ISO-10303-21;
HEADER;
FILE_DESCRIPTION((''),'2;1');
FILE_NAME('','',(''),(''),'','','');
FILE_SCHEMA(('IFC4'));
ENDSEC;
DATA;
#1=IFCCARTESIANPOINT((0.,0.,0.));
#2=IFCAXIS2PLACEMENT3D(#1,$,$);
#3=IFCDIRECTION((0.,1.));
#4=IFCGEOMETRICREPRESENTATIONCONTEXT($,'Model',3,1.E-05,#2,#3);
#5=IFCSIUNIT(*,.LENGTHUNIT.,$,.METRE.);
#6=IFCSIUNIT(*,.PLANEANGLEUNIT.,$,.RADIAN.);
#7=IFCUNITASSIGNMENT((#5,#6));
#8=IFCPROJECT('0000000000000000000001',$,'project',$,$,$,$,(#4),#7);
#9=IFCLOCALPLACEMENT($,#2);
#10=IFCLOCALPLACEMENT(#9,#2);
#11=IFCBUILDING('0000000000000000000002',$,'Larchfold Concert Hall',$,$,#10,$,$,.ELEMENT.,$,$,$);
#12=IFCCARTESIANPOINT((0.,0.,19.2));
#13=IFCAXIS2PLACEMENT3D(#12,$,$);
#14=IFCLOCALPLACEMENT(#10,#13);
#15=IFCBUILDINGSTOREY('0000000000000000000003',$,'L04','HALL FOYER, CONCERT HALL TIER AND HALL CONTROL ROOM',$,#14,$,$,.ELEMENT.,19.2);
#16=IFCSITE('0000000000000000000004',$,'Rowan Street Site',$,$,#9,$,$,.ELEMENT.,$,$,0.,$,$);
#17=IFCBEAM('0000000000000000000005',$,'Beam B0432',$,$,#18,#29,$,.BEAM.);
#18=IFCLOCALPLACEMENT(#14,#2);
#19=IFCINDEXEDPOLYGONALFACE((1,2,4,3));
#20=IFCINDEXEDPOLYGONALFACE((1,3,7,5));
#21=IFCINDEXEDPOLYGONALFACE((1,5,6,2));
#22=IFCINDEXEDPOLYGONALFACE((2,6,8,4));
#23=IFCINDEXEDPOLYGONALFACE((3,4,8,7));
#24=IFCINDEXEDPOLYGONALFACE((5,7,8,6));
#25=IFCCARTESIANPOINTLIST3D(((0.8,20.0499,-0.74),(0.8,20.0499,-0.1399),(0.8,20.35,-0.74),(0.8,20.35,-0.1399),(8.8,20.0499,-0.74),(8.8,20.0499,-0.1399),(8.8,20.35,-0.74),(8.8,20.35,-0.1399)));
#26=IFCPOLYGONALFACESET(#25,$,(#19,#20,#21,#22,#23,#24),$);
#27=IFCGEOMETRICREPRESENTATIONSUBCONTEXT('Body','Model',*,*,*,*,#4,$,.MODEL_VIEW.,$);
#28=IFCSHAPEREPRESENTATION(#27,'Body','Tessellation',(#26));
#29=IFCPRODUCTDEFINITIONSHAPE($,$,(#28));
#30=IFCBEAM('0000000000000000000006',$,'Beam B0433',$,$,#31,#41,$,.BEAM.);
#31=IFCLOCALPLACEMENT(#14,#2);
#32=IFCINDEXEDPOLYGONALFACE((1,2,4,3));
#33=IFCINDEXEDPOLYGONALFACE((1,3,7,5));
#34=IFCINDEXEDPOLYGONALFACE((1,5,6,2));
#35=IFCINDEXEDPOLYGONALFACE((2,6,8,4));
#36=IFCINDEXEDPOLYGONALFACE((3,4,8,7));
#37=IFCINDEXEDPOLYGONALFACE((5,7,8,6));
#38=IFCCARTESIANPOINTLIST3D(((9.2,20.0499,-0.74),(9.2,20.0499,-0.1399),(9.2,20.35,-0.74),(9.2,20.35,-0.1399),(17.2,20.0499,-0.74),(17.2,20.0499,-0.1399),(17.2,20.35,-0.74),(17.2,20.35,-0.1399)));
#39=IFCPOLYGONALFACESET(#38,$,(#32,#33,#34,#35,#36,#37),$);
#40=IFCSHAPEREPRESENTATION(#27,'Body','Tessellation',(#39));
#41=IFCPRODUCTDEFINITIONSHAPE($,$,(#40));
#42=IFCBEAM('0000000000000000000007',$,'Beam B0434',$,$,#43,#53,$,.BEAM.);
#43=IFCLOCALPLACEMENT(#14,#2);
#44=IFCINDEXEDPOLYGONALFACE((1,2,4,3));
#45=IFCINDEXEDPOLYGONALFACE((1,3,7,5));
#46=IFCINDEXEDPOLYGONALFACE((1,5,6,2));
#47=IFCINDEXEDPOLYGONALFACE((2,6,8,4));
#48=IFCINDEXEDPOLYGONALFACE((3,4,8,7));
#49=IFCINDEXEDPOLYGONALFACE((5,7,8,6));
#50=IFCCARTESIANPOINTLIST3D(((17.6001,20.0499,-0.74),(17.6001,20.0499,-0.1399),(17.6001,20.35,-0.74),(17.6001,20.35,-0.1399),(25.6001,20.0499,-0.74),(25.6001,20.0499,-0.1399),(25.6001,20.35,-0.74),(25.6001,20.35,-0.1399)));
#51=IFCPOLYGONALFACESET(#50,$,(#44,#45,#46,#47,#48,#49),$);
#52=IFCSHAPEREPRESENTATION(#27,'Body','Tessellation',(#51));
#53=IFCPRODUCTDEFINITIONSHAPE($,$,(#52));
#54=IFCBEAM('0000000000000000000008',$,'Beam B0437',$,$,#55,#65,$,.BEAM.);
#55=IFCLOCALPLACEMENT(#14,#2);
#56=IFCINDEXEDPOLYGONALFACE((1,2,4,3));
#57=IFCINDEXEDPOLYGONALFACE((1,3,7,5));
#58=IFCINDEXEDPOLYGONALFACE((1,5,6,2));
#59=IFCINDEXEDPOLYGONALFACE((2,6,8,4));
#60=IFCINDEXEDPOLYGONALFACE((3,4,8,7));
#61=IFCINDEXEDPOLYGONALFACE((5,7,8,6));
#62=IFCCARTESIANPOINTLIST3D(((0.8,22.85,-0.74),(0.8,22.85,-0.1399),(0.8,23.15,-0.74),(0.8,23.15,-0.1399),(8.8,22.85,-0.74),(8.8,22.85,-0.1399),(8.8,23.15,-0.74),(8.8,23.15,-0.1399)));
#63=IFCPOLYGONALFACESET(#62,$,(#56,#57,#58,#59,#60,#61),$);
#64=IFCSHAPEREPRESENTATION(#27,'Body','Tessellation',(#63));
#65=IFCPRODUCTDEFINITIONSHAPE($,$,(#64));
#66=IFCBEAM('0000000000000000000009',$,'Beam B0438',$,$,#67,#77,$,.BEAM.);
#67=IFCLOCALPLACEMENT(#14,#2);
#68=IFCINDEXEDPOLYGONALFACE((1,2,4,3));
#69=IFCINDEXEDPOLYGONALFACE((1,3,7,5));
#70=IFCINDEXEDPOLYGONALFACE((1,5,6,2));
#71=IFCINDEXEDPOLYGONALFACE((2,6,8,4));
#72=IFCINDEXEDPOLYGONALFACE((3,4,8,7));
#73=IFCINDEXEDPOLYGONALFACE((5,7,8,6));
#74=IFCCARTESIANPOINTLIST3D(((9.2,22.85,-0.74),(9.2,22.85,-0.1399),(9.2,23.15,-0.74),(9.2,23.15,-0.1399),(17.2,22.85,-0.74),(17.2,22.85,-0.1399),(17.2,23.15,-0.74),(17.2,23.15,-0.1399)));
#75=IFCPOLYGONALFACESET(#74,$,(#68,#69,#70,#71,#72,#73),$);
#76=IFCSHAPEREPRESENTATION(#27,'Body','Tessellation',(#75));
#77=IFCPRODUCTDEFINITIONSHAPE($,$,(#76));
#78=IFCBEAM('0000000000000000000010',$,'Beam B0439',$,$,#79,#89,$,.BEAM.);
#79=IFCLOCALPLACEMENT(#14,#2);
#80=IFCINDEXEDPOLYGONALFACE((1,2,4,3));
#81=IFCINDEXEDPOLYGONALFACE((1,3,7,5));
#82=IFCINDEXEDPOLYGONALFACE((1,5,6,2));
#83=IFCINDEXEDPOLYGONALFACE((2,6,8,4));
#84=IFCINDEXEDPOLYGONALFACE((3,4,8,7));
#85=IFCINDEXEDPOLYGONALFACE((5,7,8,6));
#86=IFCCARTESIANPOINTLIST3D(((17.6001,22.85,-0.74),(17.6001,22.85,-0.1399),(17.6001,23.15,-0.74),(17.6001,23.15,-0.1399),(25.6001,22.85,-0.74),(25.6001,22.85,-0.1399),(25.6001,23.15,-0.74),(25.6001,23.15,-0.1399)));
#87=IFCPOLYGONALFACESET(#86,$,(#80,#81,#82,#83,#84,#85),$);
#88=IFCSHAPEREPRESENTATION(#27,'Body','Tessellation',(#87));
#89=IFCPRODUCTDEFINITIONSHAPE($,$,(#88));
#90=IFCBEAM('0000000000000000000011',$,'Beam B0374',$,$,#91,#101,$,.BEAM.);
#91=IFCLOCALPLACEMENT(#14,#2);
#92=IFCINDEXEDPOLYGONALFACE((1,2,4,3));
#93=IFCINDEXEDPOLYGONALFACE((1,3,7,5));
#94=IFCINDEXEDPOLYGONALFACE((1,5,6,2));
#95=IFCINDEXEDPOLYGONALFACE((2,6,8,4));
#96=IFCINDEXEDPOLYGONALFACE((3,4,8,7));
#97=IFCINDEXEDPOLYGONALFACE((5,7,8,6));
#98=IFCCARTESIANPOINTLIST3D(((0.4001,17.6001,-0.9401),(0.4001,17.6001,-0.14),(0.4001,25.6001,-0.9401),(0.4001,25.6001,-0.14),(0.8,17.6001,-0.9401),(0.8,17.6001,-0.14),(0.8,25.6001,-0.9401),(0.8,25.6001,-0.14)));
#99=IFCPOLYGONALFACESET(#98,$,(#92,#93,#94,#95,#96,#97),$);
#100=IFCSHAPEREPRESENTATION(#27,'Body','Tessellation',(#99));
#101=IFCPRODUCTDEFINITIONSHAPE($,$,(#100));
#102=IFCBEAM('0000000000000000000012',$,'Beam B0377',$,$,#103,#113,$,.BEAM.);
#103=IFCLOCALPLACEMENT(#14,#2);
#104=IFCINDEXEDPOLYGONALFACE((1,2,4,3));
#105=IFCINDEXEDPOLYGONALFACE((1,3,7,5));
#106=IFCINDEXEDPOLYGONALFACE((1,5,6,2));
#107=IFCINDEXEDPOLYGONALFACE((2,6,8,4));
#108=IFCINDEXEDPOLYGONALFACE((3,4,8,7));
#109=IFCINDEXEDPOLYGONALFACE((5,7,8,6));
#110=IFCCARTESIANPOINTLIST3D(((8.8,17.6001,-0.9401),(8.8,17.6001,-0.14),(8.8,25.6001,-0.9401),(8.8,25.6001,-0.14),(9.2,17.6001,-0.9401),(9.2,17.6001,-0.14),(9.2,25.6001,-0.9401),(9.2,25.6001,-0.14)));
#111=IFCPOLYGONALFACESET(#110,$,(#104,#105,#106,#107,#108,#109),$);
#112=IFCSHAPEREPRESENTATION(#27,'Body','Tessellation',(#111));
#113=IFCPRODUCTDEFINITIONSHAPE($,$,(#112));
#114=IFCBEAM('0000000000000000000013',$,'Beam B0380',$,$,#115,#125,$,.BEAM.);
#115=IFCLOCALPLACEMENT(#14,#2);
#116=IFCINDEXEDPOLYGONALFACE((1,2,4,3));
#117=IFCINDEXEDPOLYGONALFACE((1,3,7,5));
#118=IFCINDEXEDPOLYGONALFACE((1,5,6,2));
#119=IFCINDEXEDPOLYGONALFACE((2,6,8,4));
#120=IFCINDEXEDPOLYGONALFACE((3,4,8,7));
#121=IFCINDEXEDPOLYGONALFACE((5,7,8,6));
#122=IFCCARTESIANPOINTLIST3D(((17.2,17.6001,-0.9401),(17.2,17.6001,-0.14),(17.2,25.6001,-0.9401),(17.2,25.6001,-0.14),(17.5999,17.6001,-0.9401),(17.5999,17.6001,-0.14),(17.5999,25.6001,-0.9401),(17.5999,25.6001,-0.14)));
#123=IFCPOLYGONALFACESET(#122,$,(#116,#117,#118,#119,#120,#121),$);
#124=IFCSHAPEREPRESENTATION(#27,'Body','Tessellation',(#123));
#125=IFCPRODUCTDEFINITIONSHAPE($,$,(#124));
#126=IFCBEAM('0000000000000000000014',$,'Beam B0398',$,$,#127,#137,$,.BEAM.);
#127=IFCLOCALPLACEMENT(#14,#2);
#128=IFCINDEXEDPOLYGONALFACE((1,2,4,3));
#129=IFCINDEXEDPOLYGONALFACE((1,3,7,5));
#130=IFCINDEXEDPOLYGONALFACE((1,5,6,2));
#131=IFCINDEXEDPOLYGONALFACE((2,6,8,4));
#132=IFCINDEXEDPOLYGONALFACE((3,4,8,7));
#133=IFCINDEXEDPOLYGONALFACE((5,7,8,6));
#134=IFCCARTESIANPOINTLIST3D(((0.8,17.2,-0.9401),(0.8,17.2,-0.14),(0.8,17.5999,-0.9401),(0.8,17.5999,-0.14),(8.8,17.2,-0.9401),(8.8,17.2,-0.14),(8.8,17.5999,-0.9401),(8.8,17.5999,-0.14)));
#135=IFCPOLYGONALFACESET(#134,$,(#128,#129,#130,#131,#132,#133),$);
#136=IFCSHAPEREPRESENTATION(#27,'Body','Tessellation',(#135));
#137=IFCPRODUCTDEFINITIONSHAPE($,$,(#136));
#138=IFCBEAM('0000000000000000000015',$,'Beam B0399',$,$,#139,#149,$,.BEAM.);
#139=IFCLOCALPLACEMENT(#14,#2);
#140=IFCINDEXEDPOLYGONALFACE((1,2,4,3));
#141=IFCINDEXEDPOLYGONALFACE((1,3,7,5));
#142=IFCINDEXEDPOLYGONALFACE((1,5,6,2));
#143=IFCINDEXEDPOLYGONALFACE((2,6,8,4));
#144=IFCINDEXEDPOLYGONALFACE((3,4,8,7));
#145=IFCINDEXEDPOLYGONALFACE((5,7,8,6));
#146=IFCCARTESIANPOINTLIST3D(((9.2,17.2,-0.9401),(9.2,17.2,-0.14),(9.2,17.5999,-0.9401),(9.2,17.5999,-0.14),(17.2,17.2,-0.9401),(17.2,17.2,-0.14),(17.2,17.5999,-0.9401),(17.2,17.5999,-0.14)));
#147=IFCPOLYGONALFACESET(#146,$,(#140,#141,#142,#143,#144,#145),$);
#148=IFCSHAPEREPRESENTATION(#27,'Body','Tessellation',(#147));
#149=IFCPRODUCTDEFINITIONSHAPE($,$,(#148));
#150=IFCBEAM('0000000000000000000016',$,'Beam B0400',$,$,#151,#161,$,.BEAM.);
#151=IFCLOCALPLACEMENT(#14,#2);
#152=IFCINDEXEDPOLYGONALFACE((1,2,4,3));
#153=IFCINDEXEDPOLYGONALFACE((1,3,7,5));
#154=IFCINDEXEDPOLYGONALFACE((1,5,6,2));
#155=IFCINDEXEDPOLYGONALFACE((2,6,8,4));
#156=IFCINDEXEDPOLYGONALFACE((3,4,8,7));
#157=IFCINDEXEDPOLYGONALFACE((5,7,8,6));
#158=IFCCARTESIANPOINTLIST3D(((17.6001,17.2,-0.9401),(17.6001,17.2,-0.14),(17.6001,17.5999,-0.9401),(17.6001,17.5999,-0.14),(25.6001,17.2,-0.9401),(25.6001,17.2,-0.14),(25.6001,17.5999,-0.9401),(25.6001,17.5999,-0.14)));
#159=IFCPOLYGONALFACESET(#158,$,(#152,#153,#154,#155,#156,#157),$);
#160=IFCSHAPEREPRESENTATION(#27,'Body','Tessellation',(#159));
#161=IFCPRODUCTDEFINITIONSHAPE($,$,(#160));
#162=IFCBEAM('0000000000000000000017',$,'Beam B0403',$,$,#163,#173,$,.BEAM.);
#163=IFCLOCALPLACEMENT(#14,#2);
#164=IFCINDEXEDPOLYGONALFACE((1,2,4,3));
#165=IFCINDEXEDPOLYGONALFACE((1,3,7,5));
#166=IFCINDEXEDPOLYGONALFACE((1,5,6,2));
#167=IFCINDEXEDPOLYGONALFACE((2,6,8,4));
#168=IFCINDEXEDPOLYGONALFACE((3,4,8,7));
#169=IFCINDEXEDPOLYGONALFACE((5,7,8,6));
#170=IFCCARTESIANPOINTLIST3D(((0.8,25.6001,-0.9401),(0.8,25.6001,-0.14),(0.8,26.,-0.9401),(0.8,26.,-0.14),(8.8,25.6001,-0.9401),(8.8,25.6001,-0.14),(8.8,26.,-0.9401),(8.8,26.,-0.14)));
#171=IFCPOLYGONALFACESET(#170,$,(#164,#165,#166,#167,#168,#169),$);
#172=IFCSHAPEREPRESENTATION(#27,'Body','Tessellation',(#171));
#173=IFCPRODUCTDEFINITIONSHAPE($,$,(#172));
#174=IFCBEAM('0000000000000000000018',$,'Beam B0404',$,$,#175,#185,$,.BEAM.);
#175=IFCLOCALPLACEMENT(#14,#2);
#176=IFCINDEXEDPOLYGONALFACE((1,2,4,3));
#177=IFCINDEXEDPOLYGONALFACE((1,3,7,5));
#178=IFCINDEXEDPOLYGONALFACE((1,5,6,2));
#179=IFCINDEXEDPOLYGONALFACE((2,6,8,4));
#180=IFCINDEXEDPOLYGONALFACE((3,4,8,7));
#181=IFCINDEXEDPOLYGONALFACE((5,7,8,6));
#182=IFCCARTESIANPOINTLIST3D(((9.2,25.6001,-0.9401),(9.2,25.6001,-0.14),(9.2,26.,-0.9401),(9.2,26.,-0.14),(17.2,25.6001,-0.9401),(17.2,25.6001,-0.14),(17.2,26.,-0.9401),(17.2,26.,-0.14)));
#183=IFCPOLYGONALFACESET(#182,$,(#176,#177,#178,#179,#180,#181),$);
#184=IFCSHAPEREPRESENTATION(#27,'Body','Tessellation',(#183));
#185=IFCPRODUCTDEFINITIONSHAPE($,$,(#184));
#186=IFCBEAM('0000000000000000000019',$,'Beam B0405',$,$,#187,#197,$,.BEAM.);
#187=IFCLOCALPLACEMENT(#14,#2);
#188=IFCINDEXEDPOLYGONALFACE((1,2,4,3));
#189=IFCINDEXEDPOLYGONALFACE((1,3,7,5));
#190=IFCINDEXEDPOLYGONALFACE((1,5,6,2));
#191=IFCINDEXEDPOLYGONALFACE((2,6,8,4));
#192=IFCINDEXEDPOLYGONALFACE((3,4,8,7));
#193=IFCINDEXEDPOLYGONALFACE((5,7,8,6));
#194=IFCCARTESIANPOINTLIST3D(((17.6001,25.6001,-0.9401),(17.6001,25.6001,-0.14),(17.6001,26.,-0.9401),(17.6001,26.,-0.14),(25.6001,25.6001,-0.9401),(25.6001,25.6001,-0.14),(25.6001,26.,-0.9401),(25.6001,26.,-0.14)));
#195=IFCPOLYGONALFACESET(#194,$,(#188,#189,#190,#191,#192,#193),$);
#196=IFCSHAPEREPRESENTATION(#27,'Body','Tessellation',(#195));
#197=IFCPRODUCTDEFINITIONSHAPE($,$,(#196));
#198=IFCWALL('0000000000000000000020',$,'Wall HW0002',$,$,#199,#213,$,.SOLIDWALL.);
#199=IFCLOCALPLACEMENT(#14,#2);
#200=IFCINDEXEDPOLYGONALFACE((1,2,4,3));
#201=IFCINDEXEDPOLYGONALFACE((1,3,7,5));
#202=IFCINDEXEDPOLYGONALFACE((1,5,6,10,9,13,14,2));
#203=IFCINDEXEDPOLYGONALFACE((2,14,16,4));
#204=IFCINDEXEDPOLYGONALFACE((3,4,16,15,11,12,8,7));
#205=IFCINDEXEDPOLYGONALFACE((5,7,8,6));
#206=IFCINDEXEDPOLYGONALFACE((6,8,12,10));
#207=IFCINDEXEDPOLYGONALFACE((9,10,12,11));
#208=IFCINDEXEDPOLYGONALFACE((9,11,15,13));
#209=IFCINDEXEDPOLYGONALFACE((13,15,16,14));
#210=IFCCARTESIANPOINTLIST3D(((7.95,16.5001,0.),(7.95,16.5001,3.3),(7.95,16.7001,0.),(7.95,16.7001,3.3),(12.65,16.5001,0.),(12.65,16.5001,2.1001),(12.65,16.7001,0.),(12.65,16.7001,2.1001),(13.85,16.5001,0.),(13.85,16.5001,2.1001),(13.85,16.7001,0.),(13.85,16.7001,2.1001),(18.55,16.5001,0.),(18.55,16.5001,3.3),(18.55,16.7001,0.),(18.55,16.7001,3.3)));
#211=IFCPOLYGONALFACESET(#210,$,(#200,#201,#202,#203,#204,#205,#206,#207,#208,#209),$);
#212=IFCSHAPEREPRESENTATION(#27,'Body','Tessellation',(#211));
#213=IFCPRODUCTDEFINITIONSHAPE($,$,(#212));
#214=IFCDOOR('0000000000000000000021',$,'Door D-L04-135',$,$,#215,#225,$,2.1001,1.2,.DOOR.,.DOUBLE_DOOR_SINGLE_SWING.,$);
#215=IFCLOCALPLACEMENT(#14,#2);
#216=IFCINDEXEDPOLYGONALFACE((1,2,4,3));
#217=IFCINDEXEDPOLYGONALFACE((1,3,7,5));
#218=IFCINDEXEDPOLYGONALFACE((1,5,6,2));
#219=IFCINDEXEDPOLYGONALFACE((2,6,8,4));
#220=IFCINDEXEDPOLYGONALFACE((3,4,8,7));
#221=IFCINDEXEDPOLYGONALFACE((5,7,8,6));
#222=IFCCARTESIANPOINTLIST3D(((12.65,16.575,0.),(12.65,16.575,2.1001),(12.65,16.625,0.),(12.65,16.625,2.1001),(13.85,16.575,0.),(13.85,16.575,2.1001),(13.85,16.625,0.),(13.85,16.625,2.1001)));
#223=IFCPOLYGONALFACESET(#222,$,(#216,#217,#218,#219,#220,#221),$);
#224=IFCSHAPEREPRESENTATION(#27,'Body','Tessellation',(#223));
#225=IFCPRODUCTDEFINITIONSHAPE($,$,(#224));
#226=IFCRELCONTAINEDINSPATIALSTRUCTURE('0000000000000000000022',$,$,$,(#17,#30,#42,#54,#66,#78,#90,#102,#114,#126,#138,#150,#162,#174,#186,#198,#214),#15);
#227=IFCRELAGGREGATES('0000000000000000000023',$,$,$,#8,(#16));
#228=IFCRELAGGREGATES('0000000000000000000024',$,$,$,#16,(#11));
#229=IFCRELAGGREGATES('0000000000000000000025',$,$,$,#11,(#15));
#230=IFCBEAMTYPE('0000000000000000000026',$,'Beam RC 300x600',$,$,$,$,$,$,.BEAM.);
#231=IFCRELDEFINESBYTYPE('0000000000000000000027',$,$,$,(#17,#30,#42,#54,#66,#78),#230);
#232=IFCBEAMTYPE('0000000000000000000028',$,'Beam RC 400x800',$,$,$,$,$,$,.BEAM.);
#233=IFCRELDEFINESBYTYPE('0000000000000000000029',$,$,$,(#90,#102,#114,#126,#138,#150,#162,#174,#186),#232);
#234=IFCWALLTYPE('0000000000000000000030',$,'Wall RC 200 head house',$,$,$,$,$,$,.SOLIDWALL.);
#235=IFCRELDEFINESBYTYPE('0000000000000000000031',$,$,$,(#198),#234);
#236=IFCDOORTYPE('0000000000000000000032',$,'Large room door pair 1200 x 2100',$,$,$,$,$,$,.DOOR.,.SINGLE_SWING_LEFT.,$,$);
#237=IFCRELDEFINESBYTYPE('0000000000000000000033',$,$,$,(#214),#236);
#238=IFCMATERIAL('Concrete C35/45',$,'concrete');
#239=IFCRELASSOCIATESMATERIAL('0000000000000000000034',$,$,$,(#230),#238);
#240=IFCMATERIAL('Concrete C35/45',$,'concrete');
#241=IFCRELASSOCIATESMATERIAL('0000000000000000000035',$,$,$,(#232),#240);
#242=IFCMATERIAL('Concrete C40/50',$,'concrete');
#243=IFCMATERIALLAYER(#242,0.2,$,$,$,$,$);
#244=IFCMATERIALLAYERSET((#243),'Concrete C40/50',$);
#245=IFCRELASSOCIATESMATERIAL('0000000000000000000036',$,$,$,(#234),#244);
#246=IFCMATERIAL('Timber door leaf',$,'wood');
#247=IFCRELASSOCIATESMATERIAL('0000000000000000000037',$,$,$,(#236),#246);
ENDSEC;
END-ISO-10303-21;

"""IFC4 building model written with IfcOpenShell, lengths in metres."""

from ifc_helpers import new_model, si_unit, direction, frame, frame_2d, origin, origin_2d, place, context, subcontext, project, spatial, rectangle, extrude, material, layer, layer_set, material_profile, profile_set, type_object, element, fill, save


model = new_model("IFC4")

# Units and contexts
model_context = context("Model", 3, precision=1e-05, world=origin(), true_north=direction((0.0, 1.0)))
body_context = subcontext(model_context, "Body", "Model", "MODEL_VIEW")
ifc_project = project(units=[si_unit("LENGTHUNIT", "METRE"), si_unit("PLANEANGLEUNIT", "RADIAN")], contexts=[model_context])

# Site, building, storey
site_placement = place(None, origin())
site = spatial("IfcSite", under=ifc_project, at=site_placement, Name="Rowan Street Site", CompositionType="ELEMENT", RefElevation=0.0)
building_placement = place(site_placement, origin())
building = spatial("IfcBuilding", under=site, at=building_placement, Name="Larchfold Concert Hall", CompositionType="ELEMENT")
storey_placement = place(building_placement, frame((0.0, 0.0, 19.2)))
storey = spatial("IfcBuildingStorey", under=building, at=storey_placement, Name="L04", Description="HALL FOYER, CONCERT HALL TIER AND HALL CONTROL ROOM", CompositionType="ELEMENT", Elevation=19.2)

# Beams
ifc_material_1 = material(Name="Concrete C35/45", Category="concrete")
ifc_material_profile_1 = material_profile(ifc_material_1, rectangle(XDim=0.3, YDim=0.6001, at=origin_2d()))
ifc_profile_set_1 = profile_set([ifc_material_profile_1], Name="Concrete C35/45")
beam_type_1 = type_object("IfcBeamType", Name="Beam RC 300x600", PredefinedType="BEAM", material=ifc_profile_set_1)
for number, where, z_axis, x_axis, name in (
    (1, (0.8, 20.2, -0.4399), (1.0, 0.0, 0.0), (0.0, 1.0, 0.0), "Beam B0432"),
    (2, (9.2, 20.2, -0.4399), (1.0, 0.0, 0.0), (0.0, 1.0, 0.0), "Beam B0433"),
    (3, (17.6001, 20.2, -0.4399), (1.0, 0.0, 0.0), (0.0, 1.0, 0.0), "Beam B0434"),
    (4, (0.8, 23.0, -0.4399), (1.0, 0.0, 0.0), (0.0, 1.0, 0.0), "Beam B0437"),
    (5, (9.2, 23.0, -0.4399), (1.0, 0.0, 0.0), (0.0, 1.0, 0.0), "Beam B0438"),
    (6, (17.6001, 23.0, -0.4399), (1.0, 0.0, 0.0), (0.0, 1.0, 0.0), "Beam B0439"),
):
    element("IfcBeam", number, at=place(storey_placement, frame(where, z_axis=z_axis, x_axis=x_axis)), inside=storey, type_object=beam_type_1, Name=name, PredefinedType="BEAM", context=body_context, shape_type="SweptSolid", body=[
        extrude(rectangle(XDim=0.3, YDim=0.6001, at=origin_2d()), origin(), (0.0, 0.0, 1.0), 8.0),
    ])
ifc_material_2 = material(Name="Concrete C35/45", Category="concrete")
ifc_material_profile_2 = material_profile(ifc_material_2, rectangle(XDim=0.3999, YDim=0.8, at=origin_2d()))
ifc_profile_set_2 = profile_set([ifc_material_profile_2], Name="Concrete C35/45")
beam_type_2 = type_object("IfcBeamType", Name="Beam RC 400x800", PredefinedType="BEAM", material=ifc_profile_set_2)
for number, where, z_axis, x_axis, name in (
    (7, (0.6001, 17.6001, -0.54), (0.0, 1.0, 0.0), (-1.0, 0.0, 0.0), "Beam B0374"),
    (8, (9.0, 17.6001, -0.54), (0.0, 1.0, 0.0), (-1.0, 0.0, 0.0), "Beam B0377"),
    (9, (17.3999, 17.6001, -0.54), (0.0, 1.0, 0.0), (-1.0, 0.0, 0.0), "Beam B0380"),
    (10, (0.8, 17.3999, -0.54), (1.0, 0.0, 0.0), (0.0, 1.0, 0.0), "Beam B0398"),
    (11, (9.2, 17.3999, -0.54), (1.0, 0.0, 0.0), (0.0, 1.0, 0.0), "Beam B0399"),
    (12, (17.6001, 17.3999, -0.54), (1.0, 0.0, 0.0), (0.0, 1.0, 0.0), "Beam B0400"),
    (13, (0.8, 25.8, -0.54), (1.0, 0.0, 0.0), (0.0, 1.0, 0.0), "Beam B0403"),
    (14, (9.2, 25.8, -0.54), (1.0, 0.0, 0.0), (0.0, 1.0, 0.0), "Beam B0404"),
    (15, (17.6001, 25.8, -0.54), (1.0, 0.0, 0.0), (0.0, 1.0, 0.0), "Beam B0405"),
):
    element("IfcBeam", number, at=place(storey_placement, frame(where, z_axis=z_axis, x_axis=x_axis)), inside=storey, type_object=beam_type_2, Name=name, PredefinedType="BEAM", context=body_context, shape_type="SweptSolid", body=[
        extrude(rectangle(XDim=0.3999, YDim=0.8, at=origin_2d()), origin(), (0.0, 0.0, 1.0), 8.0),
    ])

# Wall, opening, door
ifc_material_3 = material(Name="Concrete C40/50", Category="concrete")
ifc_layer = layer(ifc_material_3, 0.2)
ifc_layer_set = layer_set([ifc_layer], Name="Concrete C40/50")
wall_type = type_object("IfcWallType", Name="Wall RC 200 head house", PredefinedType="SOLIDWALL", material=ifc_layer_set)
wall_1_placement = place(storey_placement, frame((7.95, 16.6001, 0.0), z_axis=(0.0, 0.0, 1.0), x_axis=(1.0, 0.0, 0.0)))
wall_1 = element("IfcWall", 16, at=wall_1_placement, inside=storey, type_object=wall_type, Name="Wall HW0002", PredefinedType="SOLIDWALL", context=body_context, shape_type="SweptSolid", body=[
    extrude(rectangle(XDim=10.6001, YDim=0.2, at=frame_2d((5.3, 0.0))), origin(), (0.0, 0.0, 1.0), 3.3),
])
opening_placement = place(wall_1_placement, frame((4.7, 0.0, 0.0)))
opening = element("IfcOpeningElement", 17, at=opening_placement, cuts=wall_1, PredefinedType="OPENING", context=body_context, shape_type="SweptSolid", body=[
    extrude(rectangle(XDim=1.2, YDim=2.1001, at=frame_2d((0.6001, 1.05))), frame((0.0, 0.1099, 0.0), z_axis=(0.0, -1.0, 0.0), x_axis=(1.0, 0.0, 0.0)), (0.0, 0.0, 1.0), 0.22),
])
ifc_material_4 = material(Name="Timber door leaf", Category="wood")
door_type = type_object("IfcDoorType", Name="Large room door pair 1200 x 2100", OperationType="SINGLE_SWING_LEFT", PredefinedType="DOOR", material=ifc_material_4)
door_placement = place(opening_placement, origin())
door = element("IfcDoor", 18, at=door_placement, inside=storey, type_object=door_type, Name="Door D-L04-135", OperationType="DOUBLE_DOOR_SINGLE_SWING", OverallHeight=2.1001, OverallWidth=1.2, PredefinedType="DOOR", context=body_context, shape_type="SweptSolid", body=[
    extrude(rectangle(XDim=1.2, YDim=2.1001, at=frame_2d((0.6001, 1.05))), frame((0.0, 0.0249, 0.0), z_axis=(0.0, -1.0, 0.0), x_axis=(1.0, 0.0, 0.0)), (0.0, 0.0, 1.0), 0.05),
])
fill(opening, door)

save(model, "model.ifc")
